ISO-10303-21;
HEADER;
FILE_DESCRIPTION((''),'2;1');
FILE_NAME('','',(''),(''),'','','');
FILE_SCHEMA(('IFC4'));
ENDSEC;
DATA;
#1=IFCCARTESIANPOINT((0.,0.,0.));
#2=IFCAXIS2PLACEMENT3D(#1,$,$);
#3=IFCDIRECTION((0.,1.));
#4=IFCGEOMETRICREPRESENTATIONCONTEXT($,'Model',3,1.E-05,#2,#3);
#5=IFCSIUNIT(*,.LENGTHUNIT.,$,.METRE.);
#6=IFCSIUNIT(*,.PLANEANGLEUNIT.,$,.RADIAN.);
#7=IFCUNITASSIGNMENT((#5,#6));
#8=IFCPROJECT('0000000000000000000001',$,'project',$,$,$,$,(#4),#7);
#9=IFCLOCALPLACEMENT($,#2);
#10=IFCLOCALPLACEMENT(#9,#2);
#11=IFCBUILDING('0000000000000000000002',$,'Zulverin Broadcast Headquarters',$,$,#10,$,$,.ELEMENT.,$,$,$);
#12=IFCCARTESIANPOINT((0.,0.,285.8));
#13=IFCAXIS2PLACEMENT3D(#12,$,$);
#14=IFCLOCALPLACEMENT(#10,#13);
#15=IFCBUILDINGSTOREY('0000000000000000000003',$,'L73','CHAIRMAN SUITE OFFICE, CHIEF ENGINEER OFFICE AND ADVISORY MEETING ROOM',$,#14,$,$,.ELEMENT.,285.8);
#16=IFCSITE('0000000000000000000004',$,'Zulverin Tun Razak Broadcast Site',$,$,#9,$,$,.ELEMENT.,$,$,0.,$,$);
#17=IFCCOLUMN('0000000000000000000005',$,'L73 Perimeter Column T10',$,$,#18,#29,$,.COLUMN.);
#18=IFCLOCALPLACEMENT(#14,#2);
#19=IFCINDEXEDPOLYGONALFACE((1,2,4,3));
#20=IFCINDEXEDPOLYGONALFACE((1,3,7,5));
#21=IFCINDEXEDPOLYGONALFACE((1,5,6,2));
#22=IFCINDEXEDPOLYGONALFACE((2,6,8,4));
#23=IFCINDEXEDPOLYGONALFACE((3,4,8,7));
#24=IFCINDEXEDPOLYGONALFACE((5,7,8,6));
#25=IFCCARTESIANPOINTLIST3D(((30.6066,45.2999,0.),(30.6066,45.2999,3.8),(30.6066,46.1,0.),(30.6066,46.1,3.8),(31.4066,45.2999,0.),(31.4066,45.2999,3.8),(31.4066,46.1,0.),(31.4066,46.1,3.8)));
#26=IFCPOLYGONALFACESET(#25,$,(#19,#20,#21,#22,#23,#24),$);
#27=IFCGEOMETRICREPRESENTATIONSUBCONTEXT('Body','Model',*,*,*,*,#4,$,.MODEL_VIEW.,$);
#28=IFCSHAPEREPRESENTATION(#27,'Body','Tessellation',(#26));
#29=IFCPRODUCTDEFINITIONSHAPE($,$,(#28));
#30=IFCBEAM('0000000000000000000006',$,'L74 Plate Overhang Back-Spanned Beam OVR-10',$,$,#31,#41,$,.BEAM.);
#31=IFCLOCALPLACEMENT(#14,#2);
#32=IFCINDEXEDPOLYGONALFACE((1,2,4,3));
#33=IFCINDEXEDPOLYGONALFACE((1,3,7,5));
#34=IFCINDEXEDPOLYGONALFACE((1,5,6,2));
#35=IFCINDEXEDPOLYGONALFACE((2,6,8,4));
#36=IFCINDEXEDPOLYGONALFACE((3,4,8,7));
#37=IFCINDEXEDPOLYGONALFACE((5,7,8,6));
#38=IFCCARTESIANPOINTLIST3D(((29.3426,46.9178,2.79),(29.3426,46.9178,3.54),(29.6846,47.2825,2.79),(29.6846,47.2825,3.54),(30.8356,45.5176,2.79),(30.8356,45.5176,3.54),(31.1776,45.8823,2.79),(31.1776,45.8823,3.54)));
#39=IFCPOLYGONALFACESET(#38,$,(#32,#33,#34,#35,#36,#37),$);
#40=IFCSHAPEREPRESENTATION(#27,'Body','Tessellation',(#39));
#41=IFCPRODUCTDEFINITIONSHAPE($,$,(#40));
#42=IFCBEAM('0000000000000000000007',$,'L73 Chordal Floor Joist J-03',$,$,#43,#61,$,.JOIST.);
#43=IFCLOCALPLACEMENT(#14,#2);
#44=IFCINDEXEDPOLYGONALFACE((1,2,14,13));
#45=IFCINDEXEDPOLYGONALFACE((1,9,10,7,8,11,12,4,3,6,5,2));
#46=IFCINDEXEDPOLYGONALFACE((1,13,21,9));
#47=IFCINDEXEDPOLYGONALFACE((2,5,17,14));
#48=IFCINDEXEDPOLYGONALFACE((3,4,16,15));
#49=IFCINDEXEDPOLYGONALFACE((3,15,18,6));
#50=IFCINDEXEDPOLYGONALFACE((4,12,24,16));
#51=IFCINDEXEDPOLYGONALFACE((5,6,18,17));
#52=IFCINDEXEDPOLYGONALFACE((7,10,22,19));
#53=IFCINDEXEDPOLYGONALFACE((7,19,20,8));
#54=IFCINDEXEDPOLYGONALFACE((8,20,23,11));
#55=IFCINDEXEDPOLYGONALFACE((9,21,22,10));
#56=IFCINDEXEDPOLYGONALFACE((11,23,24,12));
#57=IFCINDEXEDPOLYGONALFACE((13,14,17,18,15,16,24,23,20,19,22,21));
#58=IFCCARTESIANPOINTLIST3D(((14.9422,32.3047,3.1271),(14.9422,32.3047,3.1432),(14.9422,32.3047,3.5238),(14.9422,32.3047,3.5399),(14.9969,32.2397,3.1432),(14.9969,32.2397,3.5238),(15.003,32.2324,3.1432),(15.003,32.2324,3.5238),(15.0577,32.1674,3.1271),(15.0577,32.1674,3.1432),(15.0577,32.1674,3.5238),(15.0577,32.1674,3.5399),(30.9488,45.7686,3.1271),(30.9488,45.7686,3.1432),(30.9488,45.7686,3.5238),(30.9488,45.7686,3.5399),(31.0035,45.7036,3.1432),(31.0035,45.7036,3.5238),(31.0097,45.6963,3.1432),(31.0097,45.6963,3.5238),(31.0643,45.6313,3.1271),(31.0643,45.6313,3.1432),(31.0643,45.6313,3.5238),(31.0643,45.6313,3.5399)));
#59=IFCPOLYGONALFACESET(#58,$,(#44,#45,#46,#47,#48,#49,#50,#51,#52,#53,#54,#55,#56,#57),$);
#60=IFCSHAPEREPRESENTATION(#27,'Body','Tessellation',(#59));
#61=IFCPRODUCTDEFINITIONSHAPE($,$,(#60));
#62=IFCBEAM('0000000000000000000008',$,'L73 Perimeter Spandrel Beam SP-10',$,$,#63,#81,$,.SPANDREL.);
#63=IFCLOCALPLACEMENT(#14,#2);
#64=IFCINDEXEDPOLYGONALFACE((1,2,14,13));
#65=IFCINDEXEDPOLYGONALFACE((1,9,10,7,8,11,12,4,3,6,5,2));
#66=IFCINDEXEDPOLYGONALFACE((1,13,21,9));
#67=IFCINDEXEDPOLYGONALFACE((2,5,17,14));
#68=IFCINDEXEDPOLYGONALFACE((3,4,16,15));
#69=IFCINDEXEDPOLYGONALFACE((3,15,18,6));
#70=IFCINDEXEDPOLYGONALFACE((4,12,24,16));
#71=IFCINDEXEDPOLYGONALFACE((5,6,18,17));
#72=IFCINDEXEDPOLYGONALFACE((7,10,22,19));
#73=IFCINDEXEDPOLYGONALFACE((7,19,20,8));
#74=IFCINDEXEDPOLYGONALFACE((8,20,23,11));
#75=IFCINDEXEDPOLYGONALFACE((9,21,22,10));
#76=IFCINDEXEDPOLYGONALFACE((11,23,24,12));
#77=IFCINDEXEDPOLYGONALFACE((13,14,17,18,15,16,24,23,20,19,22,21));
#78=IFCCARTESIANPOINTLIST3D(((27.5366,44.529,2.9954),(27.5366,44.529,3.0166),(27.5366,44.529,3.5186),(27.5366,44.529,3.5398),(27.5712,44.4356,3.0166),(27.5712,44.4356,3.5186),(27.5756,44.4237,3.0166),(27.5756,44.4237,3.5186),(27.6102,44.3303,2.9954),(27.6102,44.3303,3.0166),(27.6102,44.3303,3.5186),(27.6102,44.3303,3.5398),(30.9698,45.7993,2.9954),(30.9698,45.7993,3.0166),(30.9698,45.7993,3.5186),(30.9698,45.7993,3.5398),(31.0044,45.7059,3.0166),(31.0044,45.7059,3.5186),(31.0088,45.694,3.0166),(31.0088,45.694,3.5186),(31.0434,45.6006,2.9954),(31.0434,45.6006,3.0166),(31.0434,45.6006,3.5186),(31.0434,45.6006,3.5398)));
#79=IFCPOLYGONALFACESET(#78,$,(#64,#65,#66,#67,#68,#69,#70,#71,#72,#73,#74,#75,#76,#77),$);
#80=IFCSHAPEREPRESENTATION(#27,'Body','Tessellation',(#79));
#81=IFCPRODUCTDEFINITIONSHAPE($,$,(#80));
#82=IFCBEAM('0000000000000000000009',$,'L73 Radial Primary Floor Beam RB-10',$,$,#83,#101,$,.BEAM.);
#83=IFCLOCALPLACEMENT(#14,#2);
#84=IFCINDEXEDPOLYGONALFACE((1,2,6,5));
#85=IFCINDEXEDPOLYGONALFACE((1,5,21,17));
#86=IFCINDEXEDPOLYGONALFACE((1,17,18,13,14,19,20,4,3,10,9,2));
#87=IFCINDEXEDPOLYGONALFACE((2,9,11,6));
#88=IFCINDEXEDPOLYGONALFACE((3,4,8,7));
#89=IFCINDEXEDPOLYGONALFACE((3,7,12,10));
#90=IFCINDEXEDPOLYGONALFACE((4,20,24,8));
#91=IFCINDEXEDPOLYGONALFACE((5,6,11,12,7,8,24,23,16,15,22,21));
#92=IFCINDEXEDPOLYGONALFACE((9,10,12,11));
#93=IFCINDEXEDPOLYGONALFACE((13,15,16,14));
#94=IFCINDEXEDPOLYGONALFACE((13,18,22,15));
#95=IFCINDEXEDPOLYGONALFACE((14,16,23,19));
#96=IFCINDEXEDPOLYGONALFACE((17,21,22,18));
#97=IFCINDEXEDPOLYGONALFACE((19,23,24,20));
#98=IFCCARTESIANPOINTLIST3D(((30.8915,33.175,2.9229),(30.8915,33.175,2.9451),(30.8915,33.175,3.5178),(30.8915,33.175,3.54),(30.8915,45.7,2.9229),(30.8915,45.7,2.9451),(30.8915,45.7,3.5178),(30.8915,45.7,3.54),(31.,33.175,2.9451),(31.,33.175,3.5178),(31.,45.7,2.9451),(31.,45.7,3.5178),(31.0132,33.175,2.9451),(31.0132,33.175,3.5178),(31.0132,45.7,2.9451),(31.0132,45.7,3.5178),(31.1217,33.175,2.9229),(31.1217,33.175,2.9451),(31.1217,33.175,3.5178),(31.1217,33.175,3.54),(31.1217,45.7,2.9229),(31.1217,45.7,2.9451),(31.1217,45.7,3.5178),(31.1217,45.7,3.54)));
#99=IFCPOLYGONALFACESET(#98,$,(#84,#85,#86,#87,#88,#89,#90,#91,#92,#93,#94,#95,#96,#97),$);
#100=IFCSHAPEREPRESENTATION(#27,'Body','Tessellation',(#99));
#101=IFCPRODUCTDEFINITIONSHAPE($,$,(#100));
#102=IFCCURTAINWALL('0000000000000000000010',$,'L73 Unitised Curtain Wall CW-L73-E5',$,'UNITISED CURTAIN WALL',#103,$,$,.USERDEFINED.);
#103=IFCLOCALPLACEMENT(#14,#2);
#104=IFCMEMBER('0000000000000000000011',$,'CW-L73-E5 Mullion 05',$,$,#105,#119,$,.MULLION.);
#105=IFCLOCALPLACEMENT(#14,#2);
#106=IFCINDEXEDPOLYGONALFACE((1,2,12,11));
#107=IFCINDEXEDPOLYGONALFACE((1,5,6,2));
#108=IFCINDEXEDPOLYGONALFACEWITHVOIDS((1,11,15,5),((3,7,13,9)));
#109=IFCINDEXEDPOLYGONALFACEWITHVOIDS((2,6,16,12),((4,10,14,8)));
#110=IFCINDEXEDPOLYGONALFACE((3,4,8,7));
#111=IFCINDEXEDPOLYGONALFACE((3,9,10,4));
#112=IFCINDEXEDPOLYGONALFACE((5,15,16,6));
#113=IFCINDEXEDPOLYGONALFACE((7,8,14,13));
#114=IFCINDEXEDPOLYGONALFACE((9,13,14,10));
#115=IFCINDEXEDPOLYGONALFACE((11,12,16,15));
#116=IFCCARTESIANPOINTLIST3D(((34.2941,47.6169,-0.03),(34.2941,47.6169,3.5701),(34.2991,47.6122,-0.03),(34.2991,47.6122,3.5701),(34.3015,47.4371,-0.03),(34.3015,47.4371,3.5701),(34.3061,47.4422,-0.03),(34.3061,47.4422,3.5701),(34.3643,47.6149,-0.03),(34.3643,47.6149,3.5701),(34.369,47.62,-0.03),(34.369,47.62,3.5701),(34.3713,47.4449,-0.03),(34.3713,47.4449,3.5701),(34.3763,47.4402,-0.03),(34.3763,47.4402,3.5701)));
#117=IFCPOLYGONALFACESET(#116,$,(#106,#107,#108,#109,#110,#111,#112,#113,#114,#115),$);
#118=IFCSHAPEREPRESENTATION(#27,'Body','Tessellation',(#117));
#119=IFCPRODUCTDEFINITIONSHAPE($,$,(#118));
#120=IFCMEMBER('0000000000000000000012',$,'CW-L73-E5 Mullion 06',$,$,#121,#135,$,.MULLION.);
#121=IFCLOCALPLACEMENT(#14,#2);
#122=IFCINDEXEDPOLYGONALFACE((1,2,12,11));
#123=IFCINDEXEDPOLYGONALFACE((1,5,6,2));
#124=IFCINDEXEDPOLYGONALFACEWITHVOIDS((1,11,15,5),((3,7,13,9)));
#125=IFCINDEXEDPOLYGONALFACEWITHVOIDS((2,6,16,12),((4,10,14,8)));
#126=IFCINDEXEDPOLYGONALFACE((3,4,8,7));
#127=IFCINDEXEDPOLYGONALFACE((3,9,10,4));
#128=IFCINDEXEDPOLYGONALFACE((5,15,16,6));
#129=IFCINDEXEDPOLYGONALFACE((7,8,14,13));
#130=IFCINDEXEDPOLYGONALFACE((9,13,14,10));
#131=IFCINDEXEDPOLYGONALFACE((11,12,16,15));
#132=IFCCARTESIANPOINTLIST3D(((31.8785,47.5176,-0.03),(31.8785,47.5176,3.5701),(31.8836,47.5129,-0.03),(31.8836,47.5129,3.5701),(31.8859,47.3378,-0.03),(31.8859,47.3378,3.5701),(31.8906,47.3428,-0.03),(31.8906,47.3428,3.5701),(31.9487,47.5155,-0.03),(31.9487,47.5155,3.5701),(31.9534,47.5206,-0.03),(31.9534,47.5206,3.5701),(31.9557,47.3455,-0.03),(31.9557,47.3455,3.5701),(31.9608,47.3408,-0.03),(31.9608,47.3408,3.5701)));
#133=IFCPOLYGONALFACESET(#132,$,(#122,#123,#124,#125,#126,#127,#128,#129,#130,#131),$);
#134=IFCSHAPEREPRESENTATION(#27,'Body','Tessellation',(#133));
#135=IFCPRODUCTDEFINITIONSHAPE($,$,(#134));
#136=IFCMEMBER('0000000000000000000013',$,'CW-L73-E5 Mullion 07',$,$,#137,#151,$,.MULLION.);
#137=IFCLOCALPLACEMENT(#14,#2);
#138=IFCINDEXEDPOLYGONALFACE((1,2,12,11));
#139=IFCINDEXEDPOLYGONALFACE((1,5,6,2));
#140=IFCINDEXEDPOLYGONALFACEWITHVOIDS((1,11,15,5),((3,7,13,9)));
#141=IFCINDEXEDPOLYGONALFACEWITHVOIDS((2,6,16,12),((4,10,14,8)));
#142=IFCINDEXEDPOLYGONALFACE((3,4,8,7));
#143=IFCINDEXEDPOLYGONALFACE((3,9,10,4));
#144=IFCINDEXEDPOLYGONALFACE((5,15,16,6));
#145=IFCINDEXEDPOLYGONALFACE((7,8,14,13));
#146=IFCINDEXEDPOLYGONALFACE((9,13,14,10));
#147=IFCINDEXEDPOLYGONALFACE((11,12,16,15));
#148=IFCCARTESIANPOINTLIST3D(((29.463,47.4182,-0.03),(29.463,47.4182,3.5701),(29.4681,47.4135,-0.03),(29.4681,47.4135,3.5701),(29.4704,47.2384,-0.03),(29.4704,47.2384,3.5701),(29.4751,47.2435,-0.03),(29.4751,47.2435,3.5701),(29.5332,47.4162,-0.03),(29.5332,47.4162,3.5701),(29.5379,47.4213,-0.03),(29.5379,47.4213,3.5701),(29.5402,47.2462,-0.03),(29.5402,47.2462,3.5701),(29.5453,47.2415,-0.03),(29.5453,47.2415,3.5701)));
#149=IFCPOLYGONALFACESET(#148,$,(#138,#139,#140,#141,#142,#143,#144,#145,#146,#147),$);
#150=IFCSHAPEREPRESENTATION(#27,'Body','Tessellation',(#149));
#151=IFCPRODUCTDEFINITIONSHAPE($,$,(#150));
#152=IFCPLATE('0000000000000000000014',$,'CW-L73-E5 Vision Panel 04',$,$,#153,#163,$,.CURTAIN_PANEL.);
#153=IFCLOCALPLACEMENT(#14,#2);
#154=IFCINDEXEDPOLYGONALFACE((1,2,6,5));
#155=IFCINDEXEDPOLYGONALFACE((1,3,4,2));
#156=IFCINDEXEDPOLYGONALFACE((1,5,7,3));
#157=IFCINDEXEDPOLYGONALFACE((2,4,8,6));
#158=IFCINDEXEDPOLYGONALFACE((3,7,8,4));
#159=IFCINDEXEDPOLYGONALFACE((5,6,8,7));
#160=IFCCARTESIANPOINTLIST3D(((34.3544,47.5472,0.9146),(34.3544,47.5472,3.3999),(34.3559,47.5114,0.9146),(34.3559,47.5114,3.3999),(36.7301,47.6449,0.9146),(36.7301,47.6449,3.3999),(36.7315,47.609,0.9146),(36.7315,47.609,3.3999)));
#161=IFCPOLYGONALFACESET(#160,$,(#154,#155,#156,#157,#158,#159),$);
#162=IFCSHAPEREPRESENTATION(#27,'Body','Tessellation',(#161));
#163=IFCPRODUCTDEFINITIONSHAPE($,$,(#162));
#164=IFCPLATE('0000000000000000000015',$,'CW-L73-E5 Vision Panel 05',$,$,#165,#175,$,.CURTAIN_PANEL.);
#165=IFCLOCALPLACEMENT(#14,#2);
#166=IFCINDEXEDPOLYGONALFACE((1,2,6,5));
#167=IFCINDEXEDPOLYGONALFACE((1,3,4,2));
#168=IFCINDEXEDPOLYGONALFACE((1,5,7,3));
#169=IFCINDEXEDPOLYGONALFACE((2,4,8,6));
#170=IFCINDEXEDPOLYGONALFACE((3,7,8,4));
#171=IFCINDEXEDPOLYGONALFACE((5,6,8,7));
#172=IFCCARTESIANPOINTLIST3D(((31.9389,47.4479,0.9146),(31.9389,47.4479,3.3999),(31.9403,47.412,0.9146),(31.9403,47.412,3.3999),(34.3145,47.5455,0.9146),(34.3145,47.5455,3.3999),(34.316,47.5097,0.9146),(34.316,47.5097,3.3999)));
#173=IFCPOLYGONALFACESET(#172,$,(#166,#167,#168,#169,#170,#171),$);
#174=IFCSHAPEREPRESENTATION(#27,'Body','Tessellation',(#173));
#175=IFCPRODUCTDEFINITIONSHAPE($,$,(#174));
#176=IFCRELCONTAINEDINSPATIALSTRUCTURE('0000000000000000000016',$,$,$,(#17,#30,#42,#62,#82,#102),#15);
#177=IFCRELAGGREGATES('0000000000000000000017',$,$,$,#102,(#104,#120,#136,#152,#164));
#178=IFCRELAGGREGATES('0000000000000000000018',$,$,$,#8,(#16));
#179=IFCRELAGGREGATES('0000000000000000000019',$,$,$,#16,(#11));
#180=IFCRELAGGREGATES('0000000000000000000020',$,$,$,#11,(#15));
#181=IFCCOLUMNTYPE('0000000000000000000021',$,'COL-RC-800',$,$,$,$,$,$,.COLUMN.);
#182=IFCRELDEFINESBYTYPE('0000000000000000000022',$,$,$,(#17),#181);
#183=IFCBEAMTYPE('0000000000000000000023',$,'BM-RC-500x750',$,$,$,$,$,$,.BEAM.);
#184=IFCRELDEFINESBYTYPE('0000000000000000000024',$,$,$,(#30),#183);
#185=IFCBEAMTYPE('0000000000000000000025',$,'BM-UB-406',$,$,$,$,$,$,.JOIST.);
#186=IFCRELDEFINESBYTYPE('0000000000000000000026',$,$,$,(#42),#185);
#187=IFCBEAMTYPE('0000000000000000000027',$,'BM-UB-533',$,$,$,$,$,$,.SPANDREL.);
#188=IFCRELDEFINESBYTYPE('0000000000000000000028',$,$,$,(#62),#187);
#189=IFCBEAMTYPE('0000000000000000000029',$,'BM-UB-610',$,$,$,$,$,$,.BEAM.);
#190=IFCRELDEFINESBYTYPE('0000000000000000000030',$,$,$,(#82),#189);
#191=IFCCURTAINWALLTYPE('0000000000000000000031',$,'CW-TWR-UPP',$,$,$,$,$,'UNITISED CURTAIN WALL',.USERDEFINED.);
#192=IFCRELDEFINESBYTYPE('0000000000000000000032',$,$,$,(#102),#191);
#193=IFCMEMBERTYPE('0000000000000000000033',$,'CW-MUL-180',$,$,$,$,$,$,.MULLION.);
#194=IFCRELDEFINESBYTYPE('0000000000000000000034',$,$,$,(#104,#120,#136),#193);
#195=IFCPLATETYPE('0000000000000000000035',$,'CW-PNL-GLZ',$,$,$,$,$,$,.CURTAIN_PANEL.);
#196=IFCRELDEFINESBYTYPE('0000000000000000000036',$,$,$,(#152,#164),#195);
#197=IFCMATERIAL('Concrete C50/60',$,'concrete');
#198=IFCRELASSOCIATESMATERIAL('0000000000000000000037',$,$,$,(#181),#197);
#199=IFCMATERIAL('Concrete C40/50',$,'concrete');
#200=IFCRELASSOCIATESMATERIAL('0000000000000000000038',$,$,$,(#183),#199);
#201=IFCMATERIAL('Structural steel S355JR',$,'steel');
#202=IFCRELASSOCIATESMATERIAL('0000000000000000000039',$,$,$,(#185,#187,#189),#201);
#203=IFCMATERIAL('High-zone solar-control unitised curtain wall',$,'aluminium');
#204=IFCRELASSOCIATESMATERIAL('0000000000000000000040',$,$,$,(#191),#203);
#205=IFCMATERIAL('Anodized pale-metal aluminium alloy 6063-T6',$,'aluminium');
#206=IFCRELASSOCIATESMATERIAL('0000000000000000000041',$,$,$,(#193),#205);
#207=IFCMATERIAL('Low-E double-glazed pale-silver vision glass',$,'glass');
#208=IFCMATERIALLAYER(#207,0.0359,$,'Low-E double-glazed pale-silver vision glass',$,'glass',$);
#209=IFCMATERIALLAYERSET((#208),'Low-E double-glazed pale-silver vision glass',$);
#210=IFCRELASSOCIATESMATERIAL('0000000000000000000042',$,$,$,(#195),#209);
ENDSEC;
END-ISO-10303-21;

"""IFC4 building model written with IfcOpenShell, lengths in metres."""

from ifc_helpers import new_model, si_unit, direction, frame, origin, origin_2d, place, context, subcontext, project, spatial, rectangle, hollow_rectangle, i_section, extrude, material, layer, layer_set, material_profile, profile_set, type_object, element, aggregate, save


model = new_model("IFC4")

# Units and contexts
model_context = context("Model", 3, precision=1e-05, world=origin(), true_north=direction((0.0, 1.0)))
body_context = subcontext(model_context, "Body", "Model", "MODEL_VIEW")
ifc_project = project(units=[si_unit("LENGTHUNIT", "METRE"), si_unit("PLANEANGLEUNIT", "RADIAN")], contexts=[model_context])

# Site, building, storey
site_placement = place(None, origin())
site = spatial("IfcSite", under=ifc_project, at=site_placement, Name="Zulverin Tun Razak Broadcast Site", CompositionType="ELEMENT", RefElevation=0.0)
building_placement = place(site_placement, origin())
building = spatial("IfcBuilding", under=site, at=building_placement, Name="Zulverin Broadcast Headquarters", CompositionType="ELEMENT")
storey_placement = place(building_placement, frame((0.0, 0.0, 285.8)))
storey = spatial("IfcBuildingStorey", under=building, at=storey_placement, Name="L73", Description="CHAIRMAN SUITE OFFICE, CHIEF ENGINEER OFFICE AND ADVISORY MEETING ROOM", CompositionType="ELEMENT", Elevation=285.8)

# Column
ifc_material_1 = material(Name="Concrete C50/60", Category="concrete")
ifc_material_profile_1 = material_profile(ifc_material_1, rectangle(XDim=0.8, YDim=0.8, at=origin_2d()), Name="Concrete C50/60", Category="concrete")
ifc_profile_set_1 = profile_set([ifc_material_profile_1], Name="Concrete C50/60")
column_type = type_object("IfcColumnType", Name="COL-RC-800", PredefinedType="COLUMN", material=ifc_profile_set_1)
column_placement = place(storey_placement, frame((31.0066, 45.7, 0.0), z_axis=(0.0, 0.0, 1.0), x_axis=(1.0, 0.0, 0.0)))
element("IfcColumn", 1, at=column_placement, inside=storey, type_object=column_type, Name="L73 Perimeter Column T10", PredefinedType="COLUMN", context=body_context, shape_type="SweptSolid", body=[
    extrude(rectangle(XDim=0.8, YDim=0.8, at=origin_2d()), origin(), (0.0, 0.0, 1.0), 3.8),
])

# Beams
ifc_material_2 = material(Name="Concrete C40/50", Category="concrete")
ifc_material_profile_2 = material_profile(ifc_material_2, rectangle(XDim=0.5, YDim=0.75, at=origin_2d()), Name="Concrete C40/50", Category="concrete")
ifc_profile_set_2 = profile_set([ifc_material_profile_2], Name="Concrete C40/50")
beam_type_1 = type_object("IfcBeamType", Name="BM-RC-500x750", PredefinedType="BEAM", material=ifc_profile_set_2)
beam_1_placement = place(storey_placement, frame((31.0066, 45.7, 3.165), z_axis=(-0.729407, 0.68408, 0.0), x_axis=(-0.68408, -0.729407, 0.0)))
element("IfcBeam", 2, at=beam_1_placement, inside=storey, type_object=beam_type_1, Name="L74 Plate Overhang Back-Spanned Beam OVR-10", PredefinedType="BEAM", context=body_context, shape_type="SweptSolid", body=[
    extrude(rectangle(XDim=0.5, YDim=0.75, at=origin_2d()), origin(), (0.0, 0.0, 1.0), 2.0469),
])
ifc_material_3 = material(Name="Structural steel S355JR", Category="steel")
ifc_material_profile_3 = material_profile(ifc_material_3, i_section(OverallWidth=0.1794, OverallDepth=0.4128, WebThickness=0.0095, FlangeThickness=0.0161, at=origin_2d()), Name="Structural steel S355JR", Category="steel")
ifc_profile_set_3 = profile_set([ifc_material_profile_3], Name="Structural steel S355JR")
beam_type_2 = type_object("IfcBeamType", Name="BM-UB-406", PredefinedType="JOIST", material=ifc_profile_set_3)
beam_2_placement = place(storey_placement, frame((31.0066, 45.7, 3.3335), z_axis=(-0.765273, -0.643706, 0.0), x_axis=(0.643706, -0.765273, 0.0)))
element("IfcBeam", 3, at=beam_2_placement, inside=storey, type_object=beam_type_2, Name="L73 Chordal Floor Joist J-03", PredefinedType="JOIST", context=body_context, shape_type="SweptSolid", body=[
    extrude(i_section(OverallWidth=0.1794, OverallDepth=0.4128, WebThickness=0.0095, FlangeThickness=0.0161, at=origin_2d()), origin(), (0.0, 0.0, 1.0), 20.9163),
])
ifc_material_profile_4 = material_profile(ifc_material_3, i_section(OverallWidth=0.2119, OverallDepth=0.5444, WebThickness=0.0127, FlangeThickness=0.0212, at=origin_2d()), Name="Structural steel S355JR", Category="steel")
ifc_profile_set_4 = profile_set([ifc_material_profile_4], Name="Structural steel S355JR")
beam_type_3 = type_object("IfcBeamType", Name="BM-UB-533", PredefinedType="SPANDREL", material=ifc_profile_set_4)
beam_3_placement = place(storey_placement, frame((31.0066, 45.7, 3.2676), z_axis=(-0.937861, -0.347012, 0.0), x_axis=(0.347012, -0.937861, 0.0)))
element("IfcBeam", 4, at=beam_3_placement, inside=storey, type_object=beam_type_3, Name="L73 Perimeter Spandrel Beam SP-10", PredefinedType="SPANDREL", context=body_context, shape_type="SweptSolid", body=[
    extrude(i_section(OverallWidth=0.2119, OverallDepth=0.5444, WebThickness=0.0127, FlangeThickness=0.0212, at=origin_2d()), origin(), (0.0, 0.0, 1.0), 3.6606),
])
ifc_material_profile_5 = material_profile(ifc_material_3, i_section(OverallWidth=0.2302, OverallDepth=0.6172, WebThickness=0.0132, FlangeThickness=0.0222, at=origin_2d()), Name="Structural steel S355JR", Category="steel")
ifc_profile_set_5 = profile_set([ifc_material_profile_5], Name="Structural steel S355JR")
beam_type_4 = type_object("IfcBeamType", Name="BM-UB-610", PredefinedType="BEAM", material=ifc_profile_set_5)
beam_4_placement = place(storey_placement, frame((31.0066, 33.175, 3.2314), z_axis=(0.0, 1.0, 0.0), x_axis=(-1.0, 0.0, 0.0)))
element("IfcBeam", 5, at=beam_4_placement, inside=storey, type_object=beam_type_4, Name="L73 Radial Primary Floor Beam RB-10", PredefinedType="BEAM", context=body_context, shape_type="SweptSolid", body=[
    extrude(i_section(OverallWidth=0.2302, OverallDepth=0.6172, WebThickness=0.0132, FlangeThickness=0.0222, at=origin_2d()), origin(), (0.0, 0.0, 1.0), 12.5249),
])

# Curtain wall, members, plates
ifc_material_4 = material(Name="High-zone solar-control unitised curtain wall", Category="aluminium")
curtain_wall_type = type_object("IfcCurtainWallType", Name="CW-TWR-UPP", ElementType="UNITISED CURTAIN WALL", PredefinedType="USERDEFINED", material=ifc_material_4)
curtain_wall_placement = place(storey_placement, origin())
curtain_wall = element("IfcCurtainWall", 6, at=curtain_wall_placement, inside=storey, type_object=curtain_wall_type, Name="L73 Unitised Curtain Wall CW-L73-E5", ObjectType="UNITISED CURTAIN WALL", PredefinedType="USERDEFINED")
ifc_material_5 = material(Name="Anodized pale-metal aluminium alloy 6063-T6", Category="aluminium")
ifc_material_profile_6 = material_profile(ifc_material_5, hollow_rectangle(XDim=0.075, YDim=0.1799, WallThickness=0.0049, at=origin_2d()), Name="Anodized pale-metal aluminium alloy 6063-T6", Category="aluminium")
ifc_profile_set_6 = profile_set([ifc_material_profile_6], Name="Anodized pale-metal aluminium alloy 6063-T6")
member_type = type_object("IfcMemberType", Name="CW-MUL-180", PredefinedType="MULLION", material=ifc_profile_set_6)
member_1_placement = place(storey_placement, frame((34.3352, 47.5286, -0.03), z_axis=(0.0, 0.0, 1.0), x_axis=(-0.999156, -0.041068, 0.0)))
member_1 = element("IfcMember", 7, at=member_1_placement, type_object=member_type, Name="CW-L73-E5 Mullion 05", PredefinedType="MULLION", context=body_context, shape_type="SweptSolid", body=[
    extrude(hollow_rectangle(XDim=0.075, YDim=0.1799, WallThickness=0.0049, at=origin_2d()), origin(), (0.0, 0.0, 1.0), 3.6001),
])
member_2_placement = place(storey_placement, frame((31.9197, 47.4292, -0.03), z_axis=(0.0, 0.0, 1.0), x_axis=(-0.999156, -0.041068, 0.0)))
member_2 = element("IfcMember", 8, at=member_2_placement, type_object=member_type, Name="CW-L73-E5 Mullion 06", PredefinedType="MULLION", context=body_context, shape_type="SweptSolid", body=[
    extrude(hollow_rectangle(XDim=0.075, YDim=0.1799, WallThickness=0.0049, at=origin_2d()), origin(), (0.0, 0.0, 1.0), 3.6001),
])
member_3_placement = place(storey_placement, frame((29.5042, 47.3298, -0.03), z_axis=(0.0, 0.0, 1.0), x_axis=(-0.999156, -0.041068, 0.0)))
member_3 = element("IfcMember", 9, at=member_3_placement, type_object=member_type, Name="CW-L73-E5 Mullion 07", PredefinedType="MULLION", context=body_context, shape_type="SweptSolid", body=[
    extrude(hollow_rectangle(XDim=0.075, YDim=0.1799, WallThickness=0.0049, at=origin_2d()), origin(), (0.0, 0.0, 1.0), 3.6001),
])
ifc_material_6 = material(Name="Low-E double-glazed pale-silver vision glass", Category="glass")
ifc_layer_1 = layer(ifc_material_6, 0.0359, Name="Low-E double-glazed pale-silver vision glass", Category="glass")
ifc_layer_set_1 = layer_set([ifc_layer_1], Name="Low-E double-glazed pale-silver vision glass")
plate_type_1 = type_object("IfcPlateType", Name="CW-PNL-GLZ", PredefinedType="CURTAIN_PANEL", material=ifc_layer_set_1)
plate_1_placement = place(storey_placement, frame((35.543, 47.5781, 0.9146), z_axis=(0.0, 0.0, 1.0), x_axis=(-0.999156, -0.041068, 0.0)))
plate_1 = element("IfcPlate", 10, at=plate_1_placement, type_object=plate_type_1, Name="CW-L73-E5 Vision Panel 04", PredefinedType="CURTAIN_PANEL", context=body_context, shape_type="SweptSolid", body=[
    extrude(rectangle(XDim=2.3777, YDim=0.0359, at=origin_2d()), origin(), (0.0, 0.0, 1.0), 2.4854),
])
plate_2_placement = place(storey_placement, frame((33.1274, 47.4788, 0.9146), z_axis=(0.0, 0.0, 1.0), x_axis=(-0.999156, -0.041068, 0.0)))
plate_2 = element("IfcPlate", 11, at=plate_2_placement, type_object=plate_type_1, Name="CW-L73-E5 Vision Panel 05", PredefinedType="CURTAIN_PANEL", context=body_context, shape_type="SweptSolid", body=[
    extrude(rectangle(XDim=2.3777, YDim=0.0359, at=origin_2d()), origin(), (0.0, 0.0, 1.0), 2.4854),
])
aggregate(curtain_wall, [member_1, member_2, member_3, plate_1, plate_2])

save(model, "model.ifc")
